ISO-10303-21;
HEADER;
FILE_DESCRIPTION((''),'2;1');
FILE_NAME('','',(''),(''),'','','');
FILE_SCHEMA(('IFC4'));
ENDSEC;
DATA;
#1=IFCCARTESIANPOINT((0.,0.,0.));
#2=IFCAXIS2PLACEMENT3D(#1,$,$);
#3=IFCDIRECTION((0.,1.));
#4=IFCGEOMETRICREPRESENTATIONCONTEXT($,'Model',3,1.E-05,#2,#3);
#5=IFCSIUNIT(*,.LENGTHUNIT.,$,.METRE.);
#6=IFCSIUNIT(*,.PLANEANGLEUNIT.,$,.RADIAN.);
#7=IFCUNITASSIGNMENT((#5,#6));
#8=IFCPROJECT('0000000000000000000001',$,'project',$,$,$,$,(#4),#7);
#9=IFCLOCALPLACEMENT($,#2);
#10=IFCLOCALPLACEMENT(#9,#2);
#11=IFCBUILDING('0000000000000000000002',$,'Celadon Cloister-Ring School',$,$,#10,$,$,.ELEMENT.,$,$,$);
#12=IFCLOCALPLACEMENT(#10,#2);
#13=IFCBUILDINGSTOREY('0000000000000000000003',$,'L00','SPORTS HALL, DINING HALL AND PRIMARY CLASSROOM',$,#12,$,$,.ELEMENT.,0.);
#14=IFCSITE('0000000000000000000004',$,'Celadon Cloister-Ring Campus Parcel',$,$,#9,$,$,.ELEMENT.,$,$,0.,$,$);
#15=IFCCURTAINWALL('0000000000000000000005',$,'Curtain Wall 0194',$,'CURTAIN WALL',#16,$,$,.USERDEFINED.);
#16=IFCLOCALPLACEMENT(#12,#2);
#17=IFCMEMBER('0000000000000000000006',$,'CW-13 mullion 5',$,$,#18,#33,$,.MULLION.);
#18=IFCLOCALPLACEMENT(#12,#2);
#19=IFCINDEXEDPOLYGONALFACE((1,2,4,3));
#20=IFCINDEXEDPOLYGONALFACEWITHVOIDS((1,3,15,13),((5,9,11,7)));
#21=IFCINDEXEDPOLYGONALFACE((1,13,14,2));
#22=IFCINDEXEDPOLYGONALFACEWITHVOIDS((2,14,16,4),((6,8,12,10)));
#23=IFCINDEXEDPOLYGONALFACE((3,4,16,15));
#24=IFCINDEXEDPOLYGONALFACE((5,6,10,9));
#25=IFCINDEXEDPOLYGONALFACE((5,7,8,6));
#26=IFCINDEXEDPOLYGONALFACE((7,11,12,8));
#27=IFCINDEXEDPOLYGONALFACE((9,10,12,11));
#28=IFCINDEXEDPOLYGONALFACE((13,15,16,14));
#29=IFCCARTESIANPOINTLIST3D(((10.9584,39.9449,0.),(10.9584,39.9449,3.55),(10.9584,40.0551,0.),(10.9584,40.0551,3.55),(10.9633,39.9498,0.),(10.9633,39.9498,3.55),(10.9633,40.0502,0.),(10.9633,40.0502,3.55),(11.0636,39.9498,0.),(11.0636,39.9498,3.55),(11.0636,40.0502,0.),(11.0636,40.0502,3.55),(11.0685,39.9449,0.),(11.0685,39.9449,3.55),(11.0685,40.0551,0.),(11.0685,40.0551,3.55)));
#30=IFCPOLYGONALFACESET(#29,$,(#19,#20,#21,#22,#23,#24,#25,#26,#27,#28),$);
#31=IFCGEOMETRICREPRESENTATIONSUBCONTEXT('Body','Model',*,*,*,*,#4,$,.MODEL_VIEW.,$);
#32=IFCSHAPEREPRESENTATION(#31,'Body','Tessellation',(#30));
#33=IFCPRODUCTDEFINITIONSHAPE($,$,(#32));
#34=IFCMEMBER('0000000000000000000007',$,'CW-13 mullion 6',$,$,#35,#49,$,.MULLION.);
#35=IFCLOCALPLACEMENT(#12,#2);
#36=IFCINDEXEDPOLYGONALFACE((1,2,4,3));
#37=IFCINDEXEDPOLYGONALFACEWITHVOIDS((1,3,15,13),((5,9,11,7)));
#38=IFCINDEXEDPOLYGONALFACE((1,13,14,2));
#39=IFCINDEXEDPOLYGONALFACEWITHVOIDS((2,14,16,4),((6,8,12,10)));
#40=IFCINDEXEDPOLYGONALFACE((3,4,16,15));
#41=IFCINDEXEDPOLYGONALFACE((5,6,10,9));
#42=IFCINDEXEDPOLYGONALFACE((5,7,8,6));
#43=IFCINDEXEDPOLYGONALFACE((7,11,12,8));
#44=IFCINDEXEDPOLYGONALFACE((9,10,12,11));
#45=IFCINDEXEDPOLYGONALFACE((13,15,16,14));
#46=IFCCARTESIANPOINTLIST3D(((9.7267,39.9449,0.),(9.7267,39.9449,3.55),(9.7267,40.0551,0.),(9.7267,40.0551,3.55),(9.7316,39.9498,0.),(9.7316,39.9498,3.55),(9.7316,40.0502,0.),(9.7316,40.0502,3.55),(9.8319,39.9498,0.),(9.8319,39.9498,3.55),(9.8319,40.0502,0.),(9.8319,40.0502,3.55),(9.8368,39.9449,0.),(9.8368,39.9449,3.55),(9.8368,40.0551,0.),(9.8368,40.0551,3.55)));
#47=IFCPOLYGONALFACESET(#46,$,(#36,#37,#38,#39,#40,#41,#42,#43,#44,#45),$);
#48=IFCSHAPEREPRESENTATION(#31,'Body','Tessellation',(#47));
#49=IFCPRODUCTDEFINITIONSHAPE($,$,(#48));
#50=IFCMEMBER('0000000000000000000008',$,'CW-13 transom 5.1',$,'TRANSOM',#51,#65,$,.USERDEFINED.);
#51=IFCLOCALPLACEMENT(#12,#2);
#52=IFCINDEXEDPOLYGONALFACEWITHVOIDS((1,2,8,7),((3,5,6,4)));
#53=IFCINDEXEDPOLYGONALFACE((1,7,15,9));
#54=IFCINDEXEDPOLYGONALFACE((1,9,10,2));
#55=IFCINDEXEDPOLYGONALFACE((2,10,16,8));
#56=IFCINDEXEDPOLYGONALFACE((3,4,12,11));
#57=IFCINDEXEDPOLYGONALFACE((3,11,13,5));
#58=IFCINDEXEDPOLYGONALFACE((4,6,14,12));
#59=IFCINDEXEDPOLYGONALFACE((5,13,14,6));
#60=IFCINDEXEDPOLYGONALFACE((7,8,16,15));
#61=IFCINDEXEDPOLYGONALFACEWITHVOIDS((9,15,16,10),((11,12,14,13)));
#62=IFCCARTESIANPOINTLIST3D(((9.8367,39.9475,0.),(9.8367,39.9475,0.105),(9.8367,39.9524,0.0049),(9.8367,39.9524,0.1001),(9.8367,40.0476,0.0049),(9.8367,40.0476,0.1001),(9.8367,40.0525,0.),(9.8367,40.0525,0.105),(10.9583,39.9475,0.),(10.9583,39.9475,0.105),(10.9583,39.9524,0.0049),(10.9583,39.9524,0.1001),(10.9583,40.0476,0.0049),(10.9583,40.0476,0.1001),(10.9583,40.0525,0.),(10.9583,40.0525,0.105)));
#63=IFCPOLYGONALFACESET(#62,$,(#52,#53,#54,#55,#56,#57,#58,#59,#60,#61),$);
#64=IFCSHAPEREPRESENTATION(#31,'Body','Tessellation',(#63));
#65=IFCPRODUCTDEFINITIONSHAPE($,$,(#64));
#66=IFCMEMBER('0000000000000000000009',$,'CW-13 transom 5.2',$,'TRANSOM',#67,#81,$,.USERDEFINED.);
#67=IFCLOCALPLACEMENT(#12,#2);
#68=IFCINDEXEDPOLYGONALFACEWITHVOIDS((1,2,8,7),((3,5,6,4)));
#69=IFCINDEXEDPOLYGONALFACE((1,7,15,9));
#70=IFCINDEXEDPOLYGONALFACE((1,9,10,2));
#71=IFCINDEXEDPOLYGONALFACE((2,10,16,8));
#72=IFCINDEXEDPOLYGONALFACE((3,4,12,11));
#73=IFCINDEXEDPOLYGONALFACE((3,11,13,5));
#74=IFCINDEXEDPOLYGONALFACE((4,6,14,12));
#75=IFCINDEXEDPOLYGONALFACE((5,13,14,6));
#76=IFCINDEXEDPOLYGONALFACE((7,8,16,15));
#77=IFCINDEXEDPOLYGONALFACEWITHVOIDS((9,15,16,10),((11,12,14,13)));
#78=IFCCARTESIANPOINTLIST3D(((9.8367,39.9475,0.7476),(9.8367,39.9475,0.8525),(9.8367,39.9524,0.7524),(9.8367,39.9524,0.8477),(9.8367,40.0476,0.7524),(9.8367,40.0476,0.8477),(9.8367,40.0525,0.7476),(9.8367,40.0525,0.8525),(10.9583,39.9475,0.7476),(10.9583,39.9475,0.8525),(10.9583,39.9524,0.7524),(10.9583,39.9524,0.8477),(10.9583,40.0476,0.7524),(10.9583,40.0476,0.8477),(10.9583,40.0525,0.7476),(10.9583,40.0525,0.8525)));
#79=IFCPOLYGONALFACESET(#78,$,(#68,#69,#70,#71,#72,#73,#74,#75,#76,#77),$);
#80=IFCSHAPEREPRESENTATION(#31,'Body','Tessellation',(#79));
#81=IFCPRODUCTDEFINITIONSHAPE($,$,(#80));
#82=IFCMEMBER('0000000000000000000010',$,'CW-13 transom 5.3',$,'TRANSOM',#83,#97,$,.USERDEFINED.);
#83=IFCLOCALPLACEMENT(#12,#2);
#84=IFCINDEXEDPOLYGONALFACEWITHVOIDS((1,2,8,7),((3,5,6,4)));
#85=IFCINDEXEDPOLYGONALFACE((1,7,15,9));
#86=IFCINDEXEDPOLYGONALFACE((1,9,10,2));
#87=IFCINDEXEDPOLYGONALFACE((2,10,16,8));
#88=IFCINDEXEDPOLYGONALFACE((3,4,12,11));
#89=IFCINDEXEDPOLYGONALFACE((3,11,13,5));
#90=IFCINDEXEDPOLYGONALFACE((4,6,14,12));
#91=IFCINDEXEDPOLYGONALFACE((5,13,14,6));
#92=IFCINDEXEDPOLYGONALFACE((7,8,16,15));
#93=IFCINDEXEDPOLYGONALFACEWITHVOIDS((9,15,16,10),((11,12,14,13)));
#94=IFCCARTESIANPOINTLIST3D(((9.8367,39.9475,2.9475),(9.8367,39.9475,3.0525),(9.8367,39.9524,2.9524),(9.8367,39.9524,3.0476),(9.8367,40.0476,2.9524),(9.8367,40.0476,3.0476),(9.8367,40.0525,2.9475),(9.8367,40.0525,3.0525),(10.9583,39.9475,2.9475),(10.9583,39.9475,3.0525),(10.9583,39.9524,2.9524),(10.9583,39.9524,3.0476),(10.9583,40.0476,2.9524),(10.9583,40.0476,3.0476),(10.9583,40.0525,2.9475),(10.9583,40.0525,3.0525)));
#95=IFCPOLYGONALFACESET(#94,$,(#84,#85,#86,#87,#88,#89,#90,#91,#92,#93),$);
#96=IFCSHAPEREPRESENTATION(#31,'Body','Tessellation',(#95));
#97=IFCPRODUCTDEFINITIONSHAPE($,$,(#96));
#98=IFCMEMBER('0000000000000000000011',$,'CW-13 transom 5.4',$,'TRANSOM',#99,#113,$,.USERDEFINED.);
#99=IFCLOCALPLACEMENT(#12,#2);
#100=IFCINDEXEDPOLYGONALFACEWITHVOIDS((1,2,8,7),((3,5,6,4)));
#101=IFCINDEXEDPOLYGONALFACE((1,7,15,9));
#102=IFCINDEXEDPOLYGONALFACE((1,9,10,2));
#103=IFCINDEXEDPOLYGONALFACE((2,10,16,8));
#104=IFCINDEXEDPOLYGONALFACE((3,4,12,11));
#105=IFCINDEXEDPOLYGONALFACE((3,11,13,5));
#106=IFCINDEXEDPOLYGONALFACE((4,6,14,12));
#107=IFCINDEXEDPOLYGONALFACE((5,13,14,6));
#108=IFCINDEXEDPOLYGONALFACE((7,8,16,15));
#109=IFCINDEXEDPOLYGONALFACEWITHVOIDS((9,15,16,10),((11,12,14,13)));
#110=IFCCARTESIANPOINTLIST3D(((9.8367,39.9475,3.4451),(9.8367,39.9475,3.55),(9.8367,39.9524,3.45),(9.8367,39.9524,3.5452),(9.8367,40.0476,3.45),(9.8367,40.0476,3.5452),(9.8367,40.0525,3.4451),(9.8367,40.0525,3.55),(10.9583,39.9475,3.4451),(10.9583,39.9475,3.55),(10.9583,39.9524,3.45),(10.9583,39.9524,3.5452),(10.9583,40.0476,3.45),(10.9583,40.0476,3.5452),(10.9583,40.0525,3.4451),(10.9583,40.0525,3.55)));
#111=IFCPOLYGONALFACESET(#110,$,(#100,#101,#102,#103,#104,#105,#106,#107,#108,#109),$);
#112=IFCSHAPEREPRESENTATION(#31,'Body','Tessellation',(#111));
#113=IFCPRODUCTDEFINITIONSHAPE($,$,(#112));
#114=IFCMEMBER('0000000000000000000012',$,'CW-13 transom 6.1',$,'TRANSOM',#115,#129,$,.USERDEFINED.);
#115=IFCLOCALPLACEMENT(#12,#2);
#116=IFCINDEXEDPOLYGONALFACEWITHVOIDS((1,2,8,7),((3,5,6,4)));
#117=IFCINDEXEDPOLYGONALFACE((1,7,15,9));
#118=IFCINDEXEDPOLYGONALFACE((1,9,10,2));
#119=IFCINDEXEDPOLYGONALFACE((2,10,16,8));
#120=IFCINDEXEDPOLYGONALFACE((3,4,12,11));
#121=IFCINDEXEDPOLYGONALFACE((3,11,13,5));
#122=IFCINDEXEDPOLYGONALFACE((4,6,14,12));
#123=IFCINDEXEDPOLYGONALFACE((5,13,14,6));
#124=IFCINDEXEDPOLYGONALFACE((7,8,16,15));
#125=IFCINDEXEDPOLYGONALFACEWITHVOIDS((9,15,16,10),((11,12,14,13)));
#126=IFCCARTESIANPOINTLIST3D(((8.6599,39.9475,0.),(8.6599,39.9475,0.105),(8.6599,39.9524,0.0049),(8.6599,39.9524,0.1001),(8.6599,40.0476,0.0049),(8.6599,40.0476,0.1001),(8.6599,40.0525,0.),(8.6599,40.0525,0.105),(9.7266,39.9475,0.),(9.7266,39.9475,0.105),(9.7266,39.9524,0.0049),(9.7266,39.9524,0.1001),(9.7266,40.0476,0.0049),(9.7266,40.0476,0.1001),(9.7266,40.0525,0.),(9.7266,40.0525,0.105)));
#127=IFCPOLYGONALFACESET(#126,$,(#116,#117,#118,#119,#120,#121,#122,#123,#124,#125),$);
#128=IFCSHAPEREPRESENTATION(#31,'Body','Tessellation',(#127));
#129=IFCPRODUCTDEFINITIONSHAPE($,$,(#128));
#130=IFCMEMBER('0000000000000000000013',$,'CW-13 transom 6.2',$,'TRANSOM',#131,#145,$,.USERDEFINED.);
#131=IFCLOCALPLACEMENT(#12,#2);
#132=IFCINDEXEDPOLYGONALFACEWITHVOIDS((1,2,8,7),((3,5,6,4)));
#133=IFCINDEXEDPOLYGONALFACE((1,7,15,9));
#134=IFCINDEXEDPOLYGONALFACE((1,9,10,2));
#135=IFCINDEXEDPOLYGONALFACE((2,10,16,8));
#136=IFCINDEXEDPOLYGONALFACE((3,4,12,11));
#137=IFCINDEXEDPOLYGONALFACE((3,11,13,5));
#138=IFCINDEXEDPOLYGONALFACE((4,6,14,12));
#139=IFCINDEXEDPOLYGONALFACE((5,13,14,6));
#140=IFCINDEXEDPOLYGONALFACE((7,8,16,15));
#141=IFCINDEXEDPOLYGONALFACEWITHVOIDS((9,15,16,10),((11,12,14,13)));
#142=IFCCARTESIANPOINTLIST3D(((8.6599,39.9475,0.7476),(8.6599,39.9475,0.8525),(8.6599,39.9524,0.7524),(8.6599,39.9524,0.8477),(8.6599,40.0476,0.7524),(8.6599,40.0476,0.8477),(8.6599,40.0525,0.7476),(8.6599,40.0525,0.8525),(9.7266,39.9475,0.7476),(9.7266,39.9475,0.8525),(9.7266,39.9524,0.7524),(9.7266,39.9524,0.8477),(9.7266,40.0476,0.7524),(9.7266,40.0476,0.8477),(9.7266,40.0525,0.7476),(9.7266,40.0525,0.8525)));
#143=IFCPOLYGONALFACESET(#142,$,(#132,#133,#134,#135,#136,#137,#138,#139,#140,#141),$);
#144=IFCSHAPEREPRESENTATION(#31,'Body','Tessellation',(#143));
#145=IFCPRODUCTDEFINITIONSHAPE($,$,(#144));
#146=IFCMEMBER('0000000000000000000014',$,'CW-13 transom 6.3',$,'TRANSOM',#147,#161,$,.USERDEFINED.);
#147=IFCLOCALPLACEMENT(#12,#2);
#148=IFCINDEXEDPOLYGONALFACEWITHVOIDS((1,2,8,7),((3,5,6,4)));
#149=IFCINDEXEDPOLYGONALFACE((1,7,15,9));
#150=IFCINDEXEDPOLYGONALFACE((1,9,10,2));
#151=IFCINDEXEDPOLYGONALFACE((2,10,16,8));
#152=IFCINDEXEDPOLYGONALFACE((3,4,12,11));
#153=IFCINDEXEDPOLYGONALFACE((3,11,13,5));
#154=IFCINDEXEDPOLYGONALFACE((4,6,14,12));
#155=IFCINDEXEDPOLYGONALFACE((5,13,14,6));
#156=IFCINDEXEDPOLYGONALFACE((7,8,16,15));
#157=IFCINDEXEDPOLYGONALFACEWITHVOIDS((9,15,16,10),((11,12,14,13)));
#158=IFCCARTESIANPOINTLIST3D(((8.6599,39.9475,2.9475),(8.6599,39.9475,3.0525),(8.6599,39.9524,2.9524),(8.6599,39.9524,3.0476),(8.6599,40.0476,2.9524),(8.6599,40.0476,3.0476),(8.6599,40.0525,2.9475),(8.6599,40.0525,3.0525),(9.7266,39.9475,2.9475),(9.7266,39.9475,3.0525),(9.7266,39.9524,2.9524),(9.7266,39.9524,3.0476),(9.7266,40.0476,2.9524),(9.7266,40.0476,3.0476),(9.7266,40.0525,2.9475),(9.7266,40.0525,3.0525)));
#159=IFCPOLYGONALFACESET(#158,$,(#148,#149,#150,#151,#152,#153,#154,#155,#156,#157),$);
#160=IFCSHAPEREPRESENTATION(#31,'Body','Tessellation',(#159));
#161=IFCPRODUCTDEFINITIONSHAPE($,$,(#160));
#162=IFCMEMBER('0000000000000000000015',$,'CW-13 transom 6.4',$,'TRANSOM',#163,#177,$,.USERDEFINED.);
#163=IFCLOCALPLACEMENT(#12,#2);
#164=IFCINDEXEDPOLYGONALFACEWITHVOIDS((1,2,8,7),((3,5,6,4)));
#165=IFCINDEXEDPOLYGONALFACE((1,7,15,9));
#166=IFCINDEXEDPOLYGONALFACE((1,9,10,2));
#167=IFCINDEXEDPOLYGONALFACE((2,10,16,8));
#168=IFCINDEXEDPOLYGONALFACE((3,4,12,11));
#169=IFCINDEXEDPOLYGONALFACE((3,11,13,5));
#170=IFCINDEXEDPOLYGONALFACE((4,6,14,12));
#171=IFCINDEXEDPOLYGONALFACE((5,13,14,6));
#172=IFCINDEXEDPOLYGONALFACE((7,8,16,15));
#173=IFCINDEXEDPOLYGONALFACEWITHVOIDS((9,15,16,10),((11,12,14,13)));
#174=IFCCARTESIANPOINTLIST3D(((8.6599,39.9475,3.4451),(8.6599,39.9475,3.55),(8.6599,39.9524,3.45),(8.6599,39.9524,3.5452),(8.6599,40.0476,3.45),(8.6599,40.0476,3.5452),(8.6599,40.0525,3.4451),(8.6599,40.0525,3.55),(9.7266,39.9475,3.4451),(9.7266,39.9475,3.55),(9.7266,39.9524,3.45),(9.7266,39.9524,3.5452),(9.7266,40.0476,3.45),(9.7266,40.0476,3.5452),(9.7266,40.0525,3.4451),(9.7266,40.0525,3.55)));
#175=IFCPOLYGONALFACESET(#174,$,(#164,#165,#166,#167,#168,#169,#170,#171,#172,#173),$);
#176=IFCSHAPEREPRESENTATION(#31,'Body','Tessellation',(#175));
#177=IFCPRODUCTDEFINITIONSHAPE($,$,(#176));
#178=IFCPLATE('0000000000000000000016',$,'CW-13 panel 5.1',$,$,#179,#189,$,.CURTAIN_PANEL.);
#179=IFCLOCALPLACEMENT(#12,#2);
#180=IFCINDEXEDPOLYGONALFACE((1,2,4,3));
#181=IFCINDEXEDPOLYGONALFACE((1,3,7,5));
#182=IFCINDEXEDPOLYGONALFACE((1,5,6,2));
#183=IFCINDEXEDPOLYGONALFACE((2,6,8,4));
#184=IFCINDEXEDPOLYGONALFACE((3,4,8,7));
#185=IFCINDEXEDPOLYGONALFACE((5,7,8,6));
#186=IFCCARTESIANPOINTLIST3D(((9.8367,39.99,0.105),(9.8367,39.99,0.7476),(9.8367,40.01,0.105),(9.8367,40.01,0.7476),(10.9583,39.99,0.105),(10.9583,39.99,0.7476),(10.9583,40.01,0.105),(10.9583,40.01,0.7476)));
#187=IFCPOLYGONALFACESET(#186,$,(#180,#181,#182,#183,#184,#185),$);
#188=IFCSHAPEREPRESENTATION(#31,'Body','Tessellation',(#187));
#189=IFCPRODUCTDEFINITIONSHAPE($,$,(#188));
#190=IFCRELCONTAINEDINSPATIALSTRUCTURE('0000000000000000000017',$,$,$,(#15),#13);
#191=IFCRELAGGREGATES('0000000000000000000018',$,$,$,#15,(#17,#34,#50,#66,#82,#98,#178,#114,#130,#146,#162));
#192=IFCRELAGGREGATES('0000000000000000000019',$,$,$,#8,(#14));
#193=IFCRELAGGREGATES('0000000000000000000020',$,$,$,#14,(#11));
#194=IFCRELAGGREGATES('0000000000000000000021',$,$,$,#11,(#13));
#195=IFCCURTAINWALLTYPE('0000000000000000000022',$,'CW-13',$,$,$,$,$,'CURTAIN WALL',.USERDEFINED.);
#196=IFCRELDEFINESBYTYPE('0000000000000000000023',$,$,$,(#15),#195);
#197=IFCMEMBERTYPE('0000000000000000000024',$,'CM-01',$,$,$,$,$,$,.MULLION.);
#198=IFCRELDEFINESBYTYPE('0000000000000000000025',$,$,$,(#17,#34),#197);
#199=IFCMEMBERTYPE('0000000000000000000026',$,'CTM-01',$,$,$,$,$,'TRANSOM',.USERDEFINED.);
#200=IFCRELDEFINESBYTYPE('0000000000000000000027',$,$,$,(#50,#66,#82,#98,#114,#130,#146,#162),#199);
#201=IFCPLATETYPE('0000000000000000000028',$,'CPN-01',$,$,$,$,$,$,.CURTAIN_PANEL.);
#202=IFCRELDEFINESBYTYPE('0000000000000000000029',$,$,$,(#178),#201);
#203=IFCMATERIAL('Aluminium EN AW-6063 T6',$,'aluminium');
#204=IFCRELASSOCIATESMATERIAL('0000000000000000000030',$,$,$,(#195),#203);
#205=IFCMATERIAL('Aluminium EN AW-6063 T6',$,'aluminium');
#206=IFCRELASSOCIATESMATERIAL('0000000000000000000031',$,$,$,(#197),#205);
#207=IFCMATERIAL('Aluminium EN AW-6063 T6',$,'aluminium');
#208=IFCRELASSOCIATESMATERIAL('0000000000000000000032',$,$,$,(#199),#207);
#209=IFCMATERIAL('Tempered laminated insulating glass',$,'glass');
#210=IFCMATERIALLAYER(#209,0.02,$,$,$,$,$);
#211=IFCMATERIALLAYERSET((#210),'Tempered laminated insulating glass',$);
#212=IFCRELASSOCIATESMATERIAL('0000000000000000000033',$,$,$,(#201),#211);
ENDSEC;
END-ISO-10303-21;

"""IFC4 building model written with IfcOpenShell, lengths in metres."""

from ifc_helpers import new_model, si_unit, direction, frame, origin, origin_2d, place, context, subcontext, project, spatial, rectangle, hollow_rectangle, extrude, material, layer, layer_set, material_profile, profile_set, type_object, element, aggregate, save


model = new_model("IFC4")

# Units and contexts
model_context = context("Model", 3, precision=1e-05, world=origin(), true_north=direction((0.0, 1.0)))
body_context = subcontext(model_context, "Body", "Model", "MODEL_VIEW")
ifc_project = project(units=[si_unit("LENGTHUNIT", "METRE"), si_unit("PLANEANGLEUNIT", "RADIAN")], contexts=[model_context])

# Site, building, storey
site_placement = place(None, origin())
site = spatial("IfcSite", under=ifc_project, at=site_placement, Name="Celadon Cloister-Ring Campus Parcel", CompositionType="ELEMENT", RefElevation=0.0)
building_placement = place(site_placement, origin())
building = spatial("IfcBuilding", under=site, at=building_placement, Name="Celadon Cloister-Ring School", CompositionType="ELEMENT")
storey_placement = place(building_placement, origin())
storey = spatial("IfcBuildingStorey", under=building, at=storey_placement, Name="L00", Description="SPORTS HALL, DINING HALL AND PRIMARY CLASSROOM", CompositionType="ELEMENT", Elevation=0.0)

# Curtain wall, members, plate
ifc_material_1 = material(Name="Aluminium EN AW-6063 T6", Category="aluminium")
curtain_wall_type = type_object("IfcCurtainWallType", Name="CW-13", ElementType="CURTAIN WALL", PredefinedType="USERDEFINED", material=ifc_material_1)
curtain_wall_placement = place(storey_placement, origin())
curtain_wall = element("IfcCurtainWall", 1, at=curtain_wall_placement, inside=storey, type_object=curtain_wall_type, Name="Curtain Wall 0194", ObjectType="CURTAIN WALL", PredefinedType="USERDEFINED")
ifc_material_2 = material(Name="Aluminium EN AW-6063 T6", Category="aluminium")
ifc_material_profile_1 = material_profile(ifc_material_2, hollow_rectangle(XDim=0.1101, YDim=0.1101, WallThickness=0.0049, at=origin_2d()), Name="RHS110X110X5")
ifc_profile_set_1 = profile_set([ifc_material_profile_1], Name="Aluminium EN AW-6063 T6")
member_type_1 = type_object("IfcMemberType", Name="CM-01", PredefinedType="MULLION", material=ifc_profile_set_1)
member_1_placement = place(storey_placement, frame((11.0134, 40.0, 0.0), z_axis=(0.0, 0.0, 1.0), x_axis=(0.0, -1.0, 0.0)))
member_1 = element("IfcMember", 2, at=member_1_placement, type_object=member_type_1, Name="CW-13 mullion 5", PredefinedType="MULLION", context=body_context, shape_type="SweptSolid", body=[
    extrude(hollow_rectangle(XDim=0.1101, YDim=0.1101, WallThickness=0.0049, at=origin_2d()), origin(), (0.0, 0.0, 1.0), 3.55),
])
member_2_placement = place(storey_placement, frame((9.7817, 40.0, 0.0), z_axis=(0.0, 0.0, 1.0), x_axis=(0.0, -1.0, 0.0)))
member_2 = element("IfcMember", 3, at=member_2_placement, type_object=member_type_1, Name="CW-13 mullion 6", PredefinedType="MULLION", context=body_context, shape_type="SweptSolid", body=[
    extrude(hollow_rectangle(XDim=0.1101, YDim=0.1101, WallThickness=0.0049, at=origin_2d()), origin(), (0.0, 0.0, 1.0), 3.55),
])
ifc_material_3 = material(Name="Aluminium EN AW-6063 T6", Category="aluminium")
ifc_material_profile_2 = material_profile(ifc_material_3, hollow_rectangle(XDim=0.105, YDim=0.105, WallThickness=0.0049, at=origin_2d()), Name="RHS105X105X5")
ifc_profile_set_2 = profile_set([ifc_material_profile_2], Name="Aluminium EN AW-6063 T6")
member_type_2 = type_object("IfcMemberType", Name="CTM-01", ElementType="TRANSOM", PredefinedType="USERDEFINED", material=ifc_profile_set_2)
member_3_placement = place(storey_placement, frame((10.9583, 40.0, 0.0525), z_axis=(-1.0, 0.0, 0.0), x_axis=(0.0, -1.0, 0.0)))
member_3 = element("IfcMember", 4, at=member_3_placement, type_object=member_type_2, Name="CW-13 transom 5.1", ObjectType="TRANSOM", PredefinedType="USERDEFINED", context=body_context, shape_type="SweptSolid", body=[
    extrude(hollow_rectangle(XDim=0.105, YDim=0.105, WallThickness=0.0049, at=origin_2d()), origin(), (0.0, 0.0, 1.0), 1.1216),
])
member_4_placement = place(storey_placement, frame((10.9583, 40.0, 0.8), z_axis=(-1.0, 0.0, 0.0), x_axis=(0.0, -1.0, 0.0)))
member_4 = element("IfcMember", 5, at=member_4_placement, type_object=member_type_2, Name="CW-13 transom 5.2", ObjectType="TRANSOM", PredefinedType="USERDEFINED", context=body_context, shape_type="SweptSolid", body=[
    extrude(hollow_rectangle(XDim=0.105, YDim=0.105, WallThickness=0.0049, at=origin_2d()), origin(), (0.0, 0.0, 1.0), 1.1216),
])
member_5_placement = place(storey_placement, frame((10.9583, 40.0, 3.0), z_axis=(-1.0, 0.0, 0.0), x_axis=(0.0, -1.0, 0.0)))
member_5 = element("IfcMember", 6, at=member_5_placement, type_object=member_type_2, Name="CW-13 transom 5.3", ObjectType="TRANSOM", PredefinedType="USERDEFINED", context=body_context, shape_type="SweptSolid", body=[
    extrude(hollow_rectangle(XDim=0.105, YDim=0.105, WallThickness=0.0049, at=origin_2d()), origin(), (0.0, 0.0, 1.0), 1.1216),
])
member_6_placement = place(storey_placement, frame((10.9583, 40.0, 3.4976), z_axis=(-1.0, 0.0, 0.0), x_axis=(0.0, -1.0, 0.0)))
member_6 = element("IfcMember", 7, at=member_6_placement, type_object=member_type_2, Name="CW-13 transom 5.4", ObjectType="TRANSOM", PredefinedType="USERDEFINED", context=body_context, shape_type="SweptSolid", body=[
    extrude(hollow_rectangle(XDim=0.105, YDim=0.105, WallThickness=0.0049, at=origin_2d()), origin(), (0.0, 0.0, 1.0), 1.1216),
])
member_7_placement = place(storey_placement, frame((9.7266, 40.0, 0.0525), z_axis=(-1.0, 0.0, 0.0), x_axis=(0.0, -1.0, 0.0)))
member_7 = element("IfcMember", 8, at=member_7_placement, type_object=member_type_2, Name="CW-13 transom 6.1", ObjectType="TRANSOM", PredefinedType="USERDEFINED", context=body_context, shape_type="SweptSolid", body=[
    extrude(hollow_rectangle(XDim=0.105, YDim=0.105, WallThickness=0.0049, at=origin_2d()), origin(), (0.0, 0.0, 1.0), 1.0667),
])
member_8_placement = place(storey_placement, frame((9.7266, 40.0, 0.8), z_axis=(-1.0, 0.0, 0.0), x_axis=(0.0, -1.0, 0.0)))
member_8 = element("IfcMember", 9, at=member_8_placement, type_object=member_type_2, Name="CW-13 transom 6.2", ObjectType="TRANSOM", PredefinedType="USERDEFINED", context=body_context, shape_type="SweptSolid", body=[
    extrude(hollow_rectangle(XDim=0.105, YDim=0.105, WallThickness=0.0049, at=origin_2d()), origin(), (0.0, 0.0, 1.0), 1.0667),
])
member_9_placement = place(storey_placement, frame((9.7266, 40.0, 3.0), z_axis=(-1.0, 0.0, 0.0), x_axis=(0.0, -1.0, 0.0)))
member_9 = element("IfcMember", 10, at=member_9_placement, type_object=member_type_2, Name="CW-13 transom 6.3", ObjectType="TRANSOM", PredefinedType="USERDEFINED", context=body_context, shape_type="SweptSolid", body=[
    extrude(hollow_rectangle(XDim=0.105, YDim=0.105, WallThickness=0.0049, at=origin_2d()), origin(), (0.0, 0.0, 1.0), 1.0667),
])
member_10_placement = place(storey_placement, frame((9.7266, 40.0, 3.4976), z_axis=(-1.0, 0.0, 0.0), x_axis=(0.0, -1.0, 0.0)))
member_10 = element("IfcMember", 11, at=member_10_placement, type_object=member_type_2, Name="CW-13 transom 6.4", ObjectType="TRANSOM", PredefinedType="USERDEFINED", context=body_context, shape_type="SweptSolid", body=[
    extrude(hollow_rectangle(XDim=0.105, YDim=0.105, WallThickness=0.0049, at=origin_2d()), origin(), (0.0, 0.0, 1.0), 1.0667),
])
ifc_material_4 = material(Name="Tempered laminated insulating glass", Category="glass")
ifc_layer = layer(ifc_material_4, 0.02)
ifc_layer_set = layer_set([ifc_layer], Name="Tempered laminated insulating glass")
plate_type = type_object("IfcPlateType", Name="CPN-01", PredefinedType="CURTAIN_PANEL", material=ifc_layer_set)
plate_1_placement = place(storey_placement, frame((10.3975, 40.0, 0.105), z_axis=(0.0, 0.0, 1.0), x_axis=(-1.0, 0.0, 0.0)))
plate_1 = element("IfcPlate", 12, at=plate_1_placement, type_object=plate_type, Name="CW-13 panel 5.1", PredefinedType="CURTAIN_PANEL", context=body_context, shape_type="SweptSolid", body=[
    extrude(rectangle(XDim=1.1216, YDim=0.02, at=origin_2d()), origin(), (0.0, 0.0, 1.0), 0.6426),
])
aggregate(curtain_wall, [member_1, member_2, member_3, member_4, member_5, member_6, plate_1, member_7, member_8, member_9, member_10])

save(model, "model.ifc")
